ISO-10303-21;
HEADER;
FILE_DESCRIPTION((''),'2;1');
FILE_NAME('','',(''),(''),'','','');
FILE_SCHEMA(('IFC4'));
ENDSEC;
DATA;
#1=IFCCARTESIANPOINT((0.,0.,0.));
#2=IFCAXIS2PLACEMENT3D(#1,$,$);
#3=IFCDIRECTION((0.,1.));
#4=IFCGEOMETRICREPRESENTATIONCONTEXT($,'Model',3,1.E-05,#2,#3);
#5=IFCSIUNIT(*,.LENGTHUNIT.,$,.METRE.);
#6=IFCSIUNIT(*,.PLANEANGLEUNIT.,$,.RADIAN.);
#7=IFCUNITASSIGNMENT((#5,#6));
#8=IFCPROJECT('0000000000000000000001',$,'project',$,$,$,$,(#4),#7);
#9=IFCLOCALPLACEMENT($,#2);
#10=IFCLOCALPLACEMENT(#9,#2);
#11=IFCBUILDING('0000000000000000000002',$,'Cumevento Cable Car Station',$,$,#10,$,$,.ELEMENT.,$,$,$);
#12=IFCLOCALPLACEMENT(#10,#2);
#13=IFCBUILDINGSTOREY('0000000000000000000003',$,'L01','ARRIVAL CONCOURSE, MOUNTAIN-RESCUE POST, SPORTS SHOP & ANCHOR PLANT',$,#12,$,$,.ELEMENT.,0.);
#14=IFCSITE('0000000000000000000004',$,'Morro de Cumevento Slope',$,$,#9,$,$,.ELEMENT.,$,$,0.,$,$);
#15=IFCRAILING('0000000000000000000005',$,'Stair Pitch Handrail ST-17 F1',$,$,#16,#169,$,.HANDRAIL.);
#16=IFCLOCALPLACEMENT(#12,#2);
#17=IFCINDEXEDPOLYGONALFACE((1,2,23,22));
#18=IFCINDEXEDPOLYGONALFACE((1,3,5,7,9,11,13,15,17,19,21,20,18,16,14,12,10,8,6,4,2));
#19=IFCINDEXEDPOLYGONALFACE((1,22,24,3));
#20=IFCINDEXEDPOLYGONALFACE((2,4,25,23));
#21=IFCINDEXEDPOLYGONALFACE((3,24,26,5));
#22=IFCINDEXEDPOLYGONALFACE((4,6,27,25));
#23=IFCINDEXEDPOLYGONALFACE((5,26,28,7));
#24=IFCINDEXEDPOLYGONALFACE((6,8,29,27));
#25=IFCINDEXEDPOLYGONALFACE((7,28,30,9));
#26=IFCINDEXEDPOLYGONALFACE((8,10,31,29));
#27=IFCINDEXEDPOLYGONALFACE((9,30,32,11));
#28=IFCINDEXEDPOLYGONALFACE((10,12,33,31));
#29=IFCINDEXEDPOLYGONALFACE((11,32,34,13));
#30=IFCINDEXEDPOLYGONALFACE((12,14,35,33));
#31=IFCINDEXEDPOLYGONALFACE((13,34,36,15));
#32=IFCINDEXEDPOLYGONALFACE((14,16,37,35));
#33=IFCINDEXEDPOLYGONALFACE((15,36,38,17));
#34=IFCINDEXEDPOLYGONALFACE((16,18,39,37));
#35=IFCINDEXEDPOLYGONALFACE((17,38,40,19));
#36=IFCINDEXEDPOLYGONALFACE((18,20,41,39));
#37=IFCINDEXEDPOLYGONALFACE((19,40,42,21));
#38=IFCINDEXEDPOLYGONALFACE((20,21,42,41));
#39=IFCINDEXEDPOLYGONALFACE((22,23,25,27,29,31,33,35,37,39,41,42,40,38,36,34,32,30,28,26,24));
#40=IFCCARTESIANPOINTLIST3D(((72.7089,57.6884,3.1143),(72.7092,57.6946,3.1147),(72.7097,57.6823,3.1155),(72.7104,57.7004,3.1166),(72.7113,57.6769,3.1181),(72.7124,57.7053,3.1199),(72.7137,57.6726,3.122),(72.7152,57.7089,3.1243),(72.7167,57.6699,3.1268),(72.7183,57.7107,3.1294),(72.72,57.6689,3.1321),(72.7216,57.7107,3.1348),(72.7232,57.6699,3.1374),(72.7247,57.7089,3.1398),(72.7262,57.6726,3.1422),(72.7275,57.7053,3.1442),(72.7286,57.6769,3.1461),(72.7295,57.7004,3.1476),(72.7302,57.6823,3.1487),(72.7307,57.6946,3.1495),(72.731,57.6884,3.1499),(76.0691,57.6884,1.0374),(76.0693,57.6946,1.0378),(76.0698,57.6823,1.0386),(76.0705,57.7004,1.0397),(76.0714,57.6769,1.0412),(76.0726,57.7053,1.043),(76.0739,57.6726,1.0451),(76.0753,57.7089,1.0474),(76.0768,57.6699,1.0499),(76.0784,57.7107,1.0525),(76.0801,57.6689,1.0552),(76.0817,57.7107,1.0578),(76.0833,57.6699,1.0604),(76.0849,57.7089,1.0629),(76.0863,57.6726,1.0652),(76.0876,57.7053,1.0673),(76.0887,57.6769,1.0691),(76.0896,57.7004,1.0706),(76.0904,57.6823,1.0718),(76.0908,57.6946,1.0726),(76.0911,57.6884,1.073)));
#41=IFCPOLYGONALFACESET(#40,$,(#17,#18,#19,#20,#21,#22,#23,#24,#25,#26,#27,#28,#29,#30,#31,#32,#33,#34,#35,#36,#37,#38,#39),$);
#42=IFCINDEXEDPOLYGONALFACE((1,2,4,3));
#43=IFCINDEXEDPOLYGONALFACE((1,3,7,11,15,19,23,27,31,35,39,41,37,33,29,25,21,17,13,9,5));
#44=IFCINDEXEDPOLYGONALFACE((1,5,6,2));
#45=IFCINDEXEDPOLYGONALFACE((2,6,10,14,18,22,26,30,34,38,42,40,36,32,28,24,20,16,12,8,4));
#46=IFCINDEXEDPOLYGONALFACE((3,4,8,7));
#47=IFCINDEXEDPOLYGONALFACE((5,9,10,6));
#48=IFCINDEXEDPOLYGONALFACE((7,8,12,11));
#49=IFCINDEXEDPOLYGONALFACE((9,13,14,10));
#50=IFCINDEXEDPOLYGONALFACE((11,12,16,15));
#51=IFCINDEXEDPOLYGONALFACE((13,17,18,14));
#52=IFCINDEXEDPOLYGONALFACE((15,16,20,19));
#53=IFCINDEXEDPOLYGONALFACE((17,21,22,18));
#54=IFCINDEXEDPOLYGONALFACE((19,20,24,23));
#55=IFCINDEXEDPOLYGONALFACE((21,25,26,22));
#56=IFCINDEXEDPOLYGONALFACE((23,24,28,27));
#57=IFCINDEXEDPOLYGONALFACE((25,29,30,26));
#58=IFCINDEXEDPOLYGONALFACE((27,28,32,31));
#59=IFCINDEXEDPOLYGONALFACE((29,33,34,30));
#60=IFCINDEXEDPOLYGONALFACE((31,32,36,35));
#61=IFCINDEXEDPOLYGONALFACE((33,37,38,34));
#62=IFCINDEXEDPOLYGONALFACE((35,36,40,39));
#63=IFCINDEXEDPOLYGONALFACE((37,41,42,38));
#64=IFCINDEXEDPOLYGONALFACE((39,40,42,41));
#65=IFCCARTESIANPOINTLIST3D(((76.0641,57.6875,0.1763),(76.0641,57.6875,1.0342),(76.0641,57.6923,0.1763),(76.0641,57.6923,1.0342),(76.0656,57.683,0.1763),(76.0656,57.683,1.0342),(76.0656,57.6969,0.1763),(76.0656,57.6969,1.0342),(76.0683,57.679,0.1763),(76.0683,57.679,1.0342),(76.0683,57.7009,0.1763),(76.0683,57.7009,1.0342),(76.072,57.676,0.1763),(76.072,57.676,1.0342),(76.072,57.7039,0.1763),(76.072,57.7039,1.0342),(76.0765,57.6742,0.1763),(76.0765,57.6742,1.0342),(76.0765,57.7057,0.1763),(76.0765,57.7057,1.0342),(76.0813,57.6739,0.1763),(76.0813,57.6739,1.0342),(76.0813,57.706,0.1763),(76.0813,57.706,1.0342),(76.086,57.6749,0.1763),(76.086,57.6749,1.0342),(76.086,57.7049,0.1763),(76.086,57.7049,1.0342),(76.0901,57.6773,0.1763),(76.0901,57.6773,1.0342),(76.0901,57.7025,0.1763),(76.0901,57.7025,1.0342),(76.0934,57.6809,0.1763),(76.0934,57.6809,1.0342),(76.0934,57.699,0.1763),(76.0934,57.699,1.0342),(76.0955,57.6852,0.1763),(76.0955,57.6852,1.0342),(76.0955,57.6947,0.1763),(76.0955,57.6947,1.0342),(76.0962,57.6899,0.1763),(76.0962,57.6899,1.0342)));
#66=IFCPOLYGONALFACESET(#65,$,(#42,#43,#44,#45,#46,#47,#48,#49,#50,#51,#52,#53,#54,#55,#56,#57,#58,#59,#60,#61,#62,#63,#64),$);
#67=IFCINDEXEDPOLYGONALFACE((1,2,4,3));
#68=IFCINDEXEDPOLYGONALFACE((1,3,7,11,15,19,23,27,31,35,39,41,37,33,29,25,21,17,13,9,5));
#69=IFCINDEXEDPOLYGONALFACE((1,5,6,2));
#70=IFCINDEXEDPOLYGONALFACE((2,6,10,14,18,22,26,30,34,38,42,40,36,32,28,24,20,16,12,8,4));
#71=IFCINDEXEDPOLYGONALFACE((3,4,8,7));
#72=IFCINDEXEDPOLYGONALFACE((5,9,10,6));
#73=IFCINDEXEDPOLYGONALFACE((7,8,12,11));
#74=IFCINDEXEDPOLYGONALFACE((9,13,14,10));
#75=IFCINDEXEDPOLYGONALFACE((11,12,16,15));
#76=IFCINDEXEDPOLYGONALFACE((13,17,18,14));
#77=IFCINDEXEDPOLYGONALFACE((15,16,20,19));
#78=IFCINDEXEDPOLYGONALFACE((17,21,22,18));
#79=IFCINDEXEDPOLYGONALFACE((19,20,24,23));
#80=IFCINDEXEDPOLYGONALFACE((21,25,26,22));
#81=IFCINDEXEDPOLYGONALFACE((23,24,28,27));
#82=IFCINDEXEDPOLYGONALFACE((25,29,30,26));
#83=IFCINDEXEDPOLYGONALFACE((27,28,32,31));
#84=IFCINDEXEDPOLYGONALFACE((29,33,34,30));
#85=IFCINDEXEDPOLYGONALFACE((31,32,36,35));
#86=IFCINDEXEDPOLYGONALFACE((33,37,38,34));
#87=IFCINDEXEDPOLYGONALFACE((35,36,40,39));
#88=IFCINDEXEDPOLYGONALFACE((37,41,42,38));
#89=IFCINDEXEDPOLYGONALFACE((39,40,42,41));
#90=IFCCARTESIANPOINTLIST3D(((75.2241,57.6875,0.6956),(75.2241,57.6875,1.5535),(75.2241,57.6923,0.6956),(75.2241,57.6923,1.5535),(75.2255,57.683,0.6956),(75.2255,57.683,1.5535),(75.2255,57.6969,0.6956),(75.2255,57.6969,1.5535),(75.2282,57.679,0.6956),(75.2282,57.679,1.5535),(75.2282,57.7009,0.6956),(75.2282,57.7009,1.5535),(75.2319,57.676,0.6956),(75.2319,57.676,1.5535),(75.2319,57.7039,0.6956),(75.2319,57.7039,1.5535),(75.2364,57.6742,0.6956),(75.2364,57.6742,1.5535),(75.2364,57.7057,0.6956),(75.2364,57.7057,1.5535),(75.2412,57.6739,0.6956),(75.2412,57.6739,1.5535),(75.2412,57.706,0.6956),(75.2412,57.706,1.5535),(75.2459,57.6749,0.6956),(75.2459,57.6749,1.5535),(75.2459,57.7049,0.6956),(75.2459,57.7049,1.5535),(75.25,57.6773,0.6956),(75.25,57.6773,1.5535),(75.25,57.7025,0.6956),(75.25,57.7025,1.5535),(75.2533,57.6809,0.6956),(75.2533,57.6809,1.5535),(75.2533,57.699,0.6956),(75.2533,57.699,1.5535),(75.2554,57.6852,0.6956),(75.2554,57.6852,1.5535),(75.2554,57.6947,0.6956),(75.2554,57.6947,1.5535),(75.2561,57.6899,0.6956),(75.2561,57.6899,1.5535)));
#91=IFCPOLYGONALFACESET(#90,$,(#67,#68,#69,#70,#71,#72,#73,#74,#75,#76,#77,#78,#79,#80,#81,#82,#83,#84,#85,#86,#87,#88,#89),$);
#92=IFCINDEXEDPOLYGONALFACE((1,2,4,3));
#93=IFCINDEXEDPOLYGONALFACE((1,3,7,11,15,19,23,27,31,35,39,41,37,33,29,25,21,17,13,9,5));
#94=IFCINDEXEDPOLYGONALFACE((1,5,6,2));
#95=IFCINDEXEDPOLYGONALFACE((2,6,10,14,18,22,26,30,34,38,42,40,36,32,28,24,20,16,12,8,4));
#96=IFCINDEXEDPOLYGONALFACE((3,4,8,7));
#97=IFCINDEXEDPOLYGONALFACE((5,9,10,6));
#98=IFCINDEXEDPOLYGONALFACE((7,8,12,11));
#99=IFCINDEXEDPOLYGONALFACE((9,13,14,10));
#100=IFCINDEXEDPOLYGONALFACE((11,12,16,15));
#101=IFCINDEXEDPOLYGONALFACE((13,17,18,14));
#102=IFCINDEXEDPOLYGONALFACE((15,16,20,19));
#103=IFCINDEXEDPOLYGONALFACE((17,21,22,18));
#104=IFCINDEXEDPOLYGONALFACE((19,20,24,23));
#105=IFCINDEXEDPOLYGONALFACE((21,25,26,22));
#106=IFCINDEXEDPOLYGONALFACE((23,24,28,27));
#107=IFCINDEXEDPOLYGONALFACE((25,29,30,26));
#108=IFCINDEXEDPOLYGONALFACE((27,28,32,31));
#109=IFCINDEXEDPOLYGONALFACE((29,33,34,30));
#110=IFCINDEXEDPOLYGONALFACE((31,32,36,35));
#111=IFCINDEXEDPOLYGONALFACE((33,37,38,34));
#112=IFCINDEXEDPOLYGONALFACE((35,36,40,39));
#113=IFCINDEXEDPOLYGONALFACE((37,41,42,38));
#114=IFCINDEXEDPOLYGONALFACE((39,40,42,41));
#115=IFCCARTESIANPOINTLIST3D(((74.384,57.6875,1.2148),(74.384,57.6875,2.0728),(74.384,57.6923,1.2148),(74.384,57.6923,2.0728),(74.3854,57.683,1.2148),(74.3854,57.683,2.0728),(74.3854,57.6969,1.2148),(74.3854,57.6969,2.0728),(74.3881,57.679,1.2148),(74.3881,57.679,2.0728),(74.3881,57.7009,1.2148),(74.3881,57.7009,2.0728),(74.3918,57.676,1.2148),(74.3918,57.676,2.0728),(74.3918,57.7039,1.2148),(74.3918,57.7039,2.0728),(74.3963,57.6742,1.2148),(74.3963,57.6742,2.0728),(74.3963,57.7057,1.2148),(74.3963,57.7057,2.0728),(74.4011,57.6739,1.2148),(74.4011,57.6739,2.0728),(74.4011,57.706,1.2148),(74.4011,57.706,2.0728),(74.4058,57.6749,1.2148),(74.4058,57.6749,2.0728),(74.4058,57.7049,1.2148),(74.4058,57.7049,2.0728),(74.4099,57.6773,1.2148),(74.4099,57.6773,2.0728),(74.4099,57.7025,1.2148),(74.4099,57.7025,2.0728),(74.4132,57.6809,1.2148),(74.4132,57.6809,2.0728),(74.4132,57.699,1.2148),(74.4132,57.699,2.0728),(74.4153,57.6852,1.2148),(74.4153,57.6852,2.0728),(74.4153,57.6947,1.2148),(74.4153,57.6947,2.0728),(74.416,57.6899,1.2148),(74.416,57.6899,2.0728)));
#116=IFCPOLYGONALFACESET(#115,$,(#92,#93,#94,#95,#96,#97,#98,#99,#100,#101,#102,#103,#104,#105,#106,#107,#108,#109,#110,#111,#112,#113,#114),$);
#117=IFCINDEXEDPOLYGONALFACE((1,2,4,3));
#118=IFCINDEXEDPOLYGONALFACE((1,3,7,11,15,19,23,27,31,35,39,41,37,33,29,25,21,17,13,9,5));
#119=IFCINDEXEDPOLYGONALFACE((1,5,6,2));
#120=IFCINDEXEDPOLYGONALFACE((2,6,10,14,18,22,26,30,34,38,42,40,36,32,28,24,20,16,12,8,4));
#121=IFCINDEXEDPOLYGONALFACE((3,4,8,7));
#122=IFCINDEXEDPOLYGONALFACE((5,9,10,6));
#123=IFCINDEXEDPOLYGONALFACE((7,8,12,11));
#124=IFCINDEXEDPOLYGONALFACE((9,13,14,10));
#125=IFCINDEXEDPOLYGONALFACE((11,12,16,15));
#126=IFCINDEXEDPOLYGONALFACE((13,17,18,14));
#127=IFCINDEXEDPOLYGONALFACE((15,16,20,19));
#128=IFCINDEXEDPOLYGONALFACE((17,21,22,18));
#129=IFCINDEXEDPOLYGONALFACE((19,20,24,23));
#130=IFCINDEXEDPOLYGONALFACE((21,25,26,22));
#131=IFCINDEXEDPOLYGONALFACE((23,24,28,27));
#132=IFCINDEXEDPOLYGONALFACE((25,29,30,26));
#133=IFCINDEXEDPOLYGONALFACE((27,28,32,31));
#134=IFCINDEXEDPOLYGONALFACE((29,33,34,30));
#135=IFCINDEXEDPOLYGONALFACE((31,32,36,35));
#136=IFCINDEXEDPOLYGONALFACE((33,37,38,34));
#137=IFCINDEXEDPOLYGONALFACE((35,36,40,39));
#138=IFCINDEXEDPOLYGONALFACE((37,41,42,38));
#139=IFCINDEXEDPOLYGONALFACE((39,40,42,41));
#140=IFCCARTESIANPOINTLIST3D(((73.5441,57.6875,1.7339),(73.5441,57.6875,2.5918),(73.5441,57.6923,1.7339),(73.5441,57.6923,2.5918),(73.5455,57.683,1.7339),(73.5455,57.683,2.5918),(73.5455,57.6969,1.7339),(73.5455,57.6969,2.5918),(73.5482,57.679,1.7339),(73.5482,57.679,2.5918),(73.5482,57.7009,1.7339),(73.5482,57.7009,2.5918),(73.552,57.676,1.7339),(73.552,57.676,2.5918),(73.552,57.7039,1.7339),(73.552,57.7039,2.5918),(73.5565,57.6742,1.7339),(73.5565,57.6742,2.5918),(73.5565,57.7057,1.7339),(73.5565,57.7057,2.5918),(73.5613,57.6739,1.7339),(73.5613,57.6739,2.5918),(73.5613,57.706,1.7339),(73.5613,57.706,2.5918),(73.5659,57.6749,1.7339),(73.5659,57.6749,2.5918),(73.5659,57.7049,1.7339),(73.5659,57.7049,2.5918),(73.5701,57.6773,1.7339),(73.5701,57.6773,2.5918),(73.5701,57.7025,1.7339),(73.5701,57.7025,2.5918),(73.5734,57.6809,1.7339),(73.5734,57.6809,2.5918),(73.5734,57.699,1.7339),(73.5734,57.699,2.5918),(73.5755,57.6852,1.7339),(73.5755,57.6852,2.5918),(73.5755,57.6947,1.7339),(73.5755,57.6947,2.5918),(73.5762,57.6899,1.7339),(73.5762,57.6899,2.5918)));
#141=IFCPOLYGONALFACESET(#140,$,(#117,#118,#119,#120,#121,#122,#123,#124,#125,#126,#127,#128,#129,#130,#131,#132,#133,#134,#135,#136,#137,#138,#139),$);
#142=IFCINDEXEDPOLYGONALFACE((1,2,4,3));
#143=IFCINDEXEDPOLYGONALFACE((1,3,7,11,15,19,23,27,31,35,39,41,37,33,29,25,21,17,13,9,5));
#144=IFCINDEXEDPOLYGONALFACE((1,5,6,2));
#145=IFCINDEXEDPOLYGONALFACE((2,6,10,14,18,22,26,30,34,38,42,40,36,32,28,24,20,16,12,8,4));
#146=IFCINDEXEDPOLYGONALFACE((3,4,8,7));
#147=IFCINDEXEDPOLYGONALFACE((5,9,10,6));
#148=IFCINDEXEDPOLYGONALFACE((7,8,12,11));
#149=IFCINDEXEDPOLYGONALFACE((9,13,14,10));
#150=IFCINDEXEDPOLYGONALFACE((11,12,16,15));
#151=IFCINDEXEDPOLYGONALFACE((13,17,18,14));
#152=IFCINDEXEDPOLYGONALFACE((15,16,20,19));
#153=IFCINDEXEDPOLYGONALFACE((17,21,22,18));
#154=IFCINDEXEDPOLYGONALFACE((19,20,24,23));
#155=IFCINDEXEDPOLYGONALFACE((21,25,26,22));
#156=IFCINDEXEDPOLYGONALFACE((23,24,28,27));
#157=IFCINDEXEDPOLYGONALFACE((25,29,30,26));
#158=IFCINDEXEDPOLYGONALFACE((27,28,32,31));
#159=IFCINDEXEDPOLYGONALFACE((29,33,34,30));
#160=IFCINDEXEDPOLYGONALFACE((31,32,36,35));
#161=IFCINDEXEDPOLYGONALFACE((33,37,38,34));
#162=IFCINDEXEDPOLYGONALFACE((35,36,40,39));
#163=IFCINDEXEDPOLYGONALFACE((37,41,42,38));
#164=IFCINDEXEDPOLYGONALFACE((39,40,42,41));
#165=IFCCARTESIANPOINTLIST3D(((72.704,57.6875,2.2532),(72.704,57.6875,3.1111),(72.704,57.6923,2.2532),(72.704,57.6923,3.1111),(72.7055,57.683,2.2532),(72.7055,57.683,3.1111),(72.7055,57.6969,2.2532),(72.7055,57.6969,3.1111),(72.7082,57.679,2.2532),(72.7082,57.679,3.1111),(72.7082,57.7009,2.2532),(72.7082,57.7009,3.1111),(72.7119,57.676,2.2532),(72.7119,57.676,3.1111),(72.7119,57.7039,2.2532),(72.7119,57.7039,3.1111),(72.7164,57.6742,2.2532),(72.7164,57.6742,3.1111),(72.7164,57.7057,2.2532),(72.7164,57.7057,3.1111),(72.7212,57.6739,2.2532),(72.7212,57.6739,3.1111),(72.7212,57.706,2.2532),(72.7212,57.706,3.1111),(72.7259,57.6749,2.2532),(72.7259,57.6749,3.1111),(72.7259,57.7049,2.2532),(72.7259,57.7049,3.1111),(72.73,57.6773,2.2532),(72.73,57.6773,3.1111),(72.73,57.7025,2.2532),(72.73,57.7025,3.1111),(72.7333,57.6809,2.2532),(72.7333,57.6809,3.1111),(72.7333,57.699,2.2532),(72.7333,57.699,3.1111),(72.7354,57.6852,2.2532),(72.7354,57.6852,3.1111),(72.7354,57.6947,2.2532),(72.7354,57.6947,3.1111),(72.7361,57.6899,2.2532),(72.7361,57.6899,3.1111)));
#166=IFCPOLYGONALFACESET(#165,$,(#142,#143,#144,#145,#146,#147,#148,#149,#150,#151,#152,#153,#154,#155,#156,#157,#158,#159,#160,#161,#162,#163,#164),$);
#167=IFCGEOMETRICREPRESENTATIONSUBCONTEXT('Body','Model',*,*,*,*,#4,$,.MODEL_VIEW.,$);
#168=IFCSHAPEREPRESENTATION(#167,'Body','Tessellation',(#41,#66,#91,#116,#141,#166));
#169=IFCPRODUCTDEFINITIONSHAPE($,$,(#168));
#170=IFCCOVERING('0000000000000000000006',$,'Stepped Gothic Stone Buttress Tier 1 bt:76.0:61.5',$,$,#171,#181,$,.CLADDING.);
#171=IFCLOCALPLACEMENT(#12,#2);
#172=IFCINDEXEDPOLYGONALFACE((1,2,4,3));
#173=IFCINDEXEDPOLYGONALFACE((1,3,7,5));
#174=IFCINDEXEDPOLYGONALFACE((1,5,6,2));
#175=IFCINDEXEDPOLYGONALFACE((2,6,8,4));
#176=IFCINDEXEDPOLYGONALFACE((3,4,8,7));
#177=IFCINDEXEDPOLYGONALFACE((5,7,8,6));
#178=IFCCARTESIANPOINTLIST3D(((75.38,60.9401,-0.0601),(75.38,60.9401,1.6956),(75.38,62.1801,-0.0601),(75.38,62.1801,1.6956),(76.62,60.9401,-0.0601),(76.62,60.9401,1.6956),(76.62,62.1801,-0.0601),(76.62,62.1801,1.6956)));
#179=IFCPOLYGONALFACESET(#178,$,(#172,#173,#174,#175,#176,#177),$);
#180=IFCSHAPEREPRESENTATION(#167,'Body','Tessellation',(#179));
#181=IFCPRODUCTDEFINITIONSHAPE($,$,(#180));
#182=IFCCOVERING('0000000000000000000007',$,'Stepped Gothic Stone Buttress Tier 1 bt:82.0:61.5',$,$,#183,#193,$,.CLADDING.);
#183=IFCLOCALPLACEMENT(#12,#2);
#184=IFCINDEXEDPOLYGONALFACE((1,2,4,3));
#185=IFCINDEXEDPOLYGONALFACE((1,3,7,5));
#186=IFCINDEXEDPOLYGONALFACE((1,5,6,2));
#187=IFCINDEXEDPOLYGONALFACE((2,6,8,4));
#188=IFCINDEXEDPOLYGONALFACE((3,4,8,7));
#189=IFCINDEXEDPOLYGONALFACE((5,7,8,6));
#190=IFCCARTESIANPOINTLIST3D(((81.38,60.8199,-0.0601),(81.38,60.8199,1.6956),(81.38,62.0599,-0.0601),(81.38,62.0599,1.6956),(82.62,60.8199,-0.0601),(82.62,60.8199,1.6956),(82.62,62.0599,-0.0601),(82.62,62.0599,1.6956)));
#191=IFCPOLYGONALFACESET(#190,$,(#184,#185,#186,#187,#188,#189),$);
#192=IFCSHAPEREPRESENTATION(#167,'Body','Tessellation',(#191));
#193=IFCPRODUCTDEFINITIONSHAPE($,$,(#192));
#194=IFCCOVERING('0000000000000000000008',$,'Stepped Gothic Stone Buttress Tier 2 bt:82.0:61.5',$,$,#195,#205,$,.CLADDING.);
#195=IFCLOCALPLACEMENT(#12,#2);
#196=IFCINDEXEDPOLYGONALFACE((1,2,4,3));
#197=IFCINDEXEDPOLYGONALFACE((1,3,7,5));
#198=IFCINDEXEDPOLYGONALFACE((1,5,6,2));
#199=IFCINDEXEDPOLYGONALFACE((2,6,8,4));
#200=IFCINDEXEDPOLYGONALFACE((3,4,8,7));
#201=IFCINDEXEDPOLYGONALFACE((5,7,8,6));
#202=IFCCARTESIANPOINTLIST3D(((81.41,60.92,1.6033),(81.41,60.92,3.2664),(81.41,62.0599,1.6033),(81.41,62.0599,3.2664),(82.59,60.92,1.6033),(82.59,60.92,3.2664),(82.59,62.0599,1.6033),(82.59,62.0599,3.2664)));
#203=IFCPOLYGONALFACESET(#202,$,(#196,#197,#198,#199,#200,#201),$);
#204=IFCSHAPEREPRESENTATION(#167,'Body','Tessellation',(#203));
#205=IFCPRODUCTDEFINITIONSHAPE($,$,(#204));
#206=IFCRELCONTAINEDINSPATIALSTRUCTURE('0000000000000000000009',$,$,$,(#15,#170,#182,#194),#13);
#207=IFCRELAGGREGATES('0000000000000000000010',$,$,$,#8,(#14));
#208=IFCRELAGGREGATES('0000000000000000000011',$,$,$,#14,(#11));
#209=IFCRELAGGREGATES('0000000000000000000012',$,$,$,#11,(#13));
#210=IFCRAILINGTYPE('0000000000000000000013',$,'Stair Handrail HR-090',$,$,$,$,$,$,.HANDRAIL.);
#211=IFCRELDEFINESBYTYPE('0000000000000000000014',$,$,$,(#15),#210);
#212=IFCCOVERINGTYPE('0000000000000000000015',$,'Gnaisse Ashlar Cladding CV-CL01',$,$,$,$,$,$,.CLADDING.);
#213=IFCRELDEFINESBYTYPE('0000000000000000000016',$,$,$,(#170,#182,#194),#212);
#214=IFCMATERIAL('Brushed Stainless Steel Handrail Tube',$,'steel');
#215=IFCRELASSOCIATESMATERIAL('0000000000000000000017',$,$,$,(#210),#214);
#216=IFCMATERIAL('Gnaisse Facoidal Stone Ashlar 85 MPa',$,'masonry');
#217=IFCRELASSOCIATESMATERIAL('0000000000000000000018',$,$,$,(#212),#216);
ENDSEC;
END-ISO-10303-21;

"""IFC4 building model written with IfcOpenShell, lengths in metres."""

from ifc_helpers import new_model, si_unit, direction, frame, origin, origin_2d, place, context, subcontext, project, spatial, rectangle, circle, extrude, material, type_object, element, save


model = new_model("IFC4")

# Units and contexts
model_context = context("Model", 3, precision=1e-05, world=origin(), true_north=direction((0.0, 1.0)))
body_context = subcontext(model_context, "Body", "Model", "MODEL_VIEW")
ifc_project = project(units=[si_unit("LENGTHUNIT", "METRE"), si_unit("PLANEANGLEUNIT", "RADIAN")], contexts=[model_context])

# Site, building, storey
site_placement = place(None, origin())
site = spatial("IfcSite", under=ifc_project, at=site_placement, Name="Morro de Cumevento Slope", CompositionType="ELEMENT", RefElevation=0.0)
building_placement = place(site_placement, origin())
building = spatial("IfcBuilding", under=site, at=building_placement, Name="Cumevento Cable Car Station", CompositionType="ELEMENT")
storey_placement = place(building_placement, origin())
storey = spatial("IfcBuildingStorey", under=building, at=storey_placement, Name="L01", Description="ARRIVAL CONCOURSE, MOUNTAIN-RESCUE POST, SPORTS SHOP & ANCHOR PLANT", CompositionType="ELEMENT", Elevation=0.0)

# Railing
ifc_material_1 = material(Name="Brushed Stainless Steel Handrail Tube", Category="steel")
railing_type_1 = type_object("IfcRailingType", Name="Stair Handrail HR-090", PredefinedType="HANDRAIL", material=ifc_material_1)
railing_1_placement = place(storey_placement, frame((76.0801, 57.6899, 0.1763)))
element("IfcRailing", 1, at=railing_1_placement, inside=storey, type_object=railing_type_1, Name="Stair Pitch Handrail ST-17 F1", PredefinedType="HANDRAIL", context=body_context, shape_type="SweptSolid", body=[
    extrude(circle(Radius=0.021, at=origin_2d()), frame((0.0, 0.0, 0.8789), z_axis=(-0.850623, 0.0, 0.525776), x_axis=(0.0, -1.0, 0.0)), (0.0, 0.0, 1.0), 3.9502),
    extrude(circle(Radius=0.0161, at=origin_2d()), origin(), (0.0, 0.0, 1.0), 0.8579),
    extrude(circle(Radius=0.0161, at=origin_2d()), frame((-0.8401, 0.0, 0.5193)), (0.0, 0.0, 1.0), 0.8579),
    extrude(circle(Radius=0.0161, at=origin_2d()), frame((-1.6802, 0.0, 1.0386)), (0.0, 0.0, 1.0), 0.8579),
    extrude(circle(Radius=0.0161, at=origin_2d()), frame((-2.52, 0.0, 1.5576)), (0.0, 0.0, 1.0), 0.8579),
    extrude(circle(Radius=0.0161, at=origin_2d()), frame((-3.3601, 0.0, 2.0769)), (0.0, 0.0, 1.0), 0.8579),
])

# Coverings
ifc_material_2 = material(Name="Gnaisse Facoidal Stone Ashlar 85 MPa", Category="masonry")
covering_type = type_object("IfcCoveringType", Name="Gnaisse Ashlar Cladding CV-CL01", PredefinedType="CLADDING", material=ifc_material_2)
for number, where, z_axis, x_axis, name in (
    (2, (76.0, 61.5601, -0.0601), (0.0, 0.0, 1.0), (-1.0, 0.0, 0.0), "Stepped Gothic Stone Buttress Tier 1 bt:76.0:61.5"),
    (3, (82.0, 61.4399, -0.0601), (0.0, 0.0, 1.0), (1.0, 0.0, 0.0), "Stepped Gothic Stone Buttress Tier 1 bt:82.0:61.5"),
):
    element("IfcCovering", number, at=place(storey_placement, frame(where, z_axis=z_axis, x_axis=x_axis)), inside=storey, type_object=covering_type, Name=name, PredefinedType="CLADDING", context=body_context, shape_type="SweptSolid", body=[
        extrude(rectangle(XDim=1.24, YDim=1.24, at=origin_2d()), origin(), (0.0, 0.0, 1.0), 1.7556),
    ])
covering_placement = place(storey_placement, frame((82.0, 61.49, 1.6033), z_axis=(0.0, 0.0, 1.0), x_axis=(1.0, 0.0, 0.0)))
element("IfcCovering", 4, at=covering_placement, inside=storey, type_object=covering_type, Name="Stepped Gothic Stone Buttress Tier 2 bt:82.0:61.5", PredefinedType="CLADDING", context=body_context, shape_type="SweptSolid", body=[
    extrude(rectangle(XDim=1.1799, YDim=1.1399, at=origin_2d()), origin(), (0.0, 0.0, 1.0), 1.6631),
])

save(model, "model.ifc")
